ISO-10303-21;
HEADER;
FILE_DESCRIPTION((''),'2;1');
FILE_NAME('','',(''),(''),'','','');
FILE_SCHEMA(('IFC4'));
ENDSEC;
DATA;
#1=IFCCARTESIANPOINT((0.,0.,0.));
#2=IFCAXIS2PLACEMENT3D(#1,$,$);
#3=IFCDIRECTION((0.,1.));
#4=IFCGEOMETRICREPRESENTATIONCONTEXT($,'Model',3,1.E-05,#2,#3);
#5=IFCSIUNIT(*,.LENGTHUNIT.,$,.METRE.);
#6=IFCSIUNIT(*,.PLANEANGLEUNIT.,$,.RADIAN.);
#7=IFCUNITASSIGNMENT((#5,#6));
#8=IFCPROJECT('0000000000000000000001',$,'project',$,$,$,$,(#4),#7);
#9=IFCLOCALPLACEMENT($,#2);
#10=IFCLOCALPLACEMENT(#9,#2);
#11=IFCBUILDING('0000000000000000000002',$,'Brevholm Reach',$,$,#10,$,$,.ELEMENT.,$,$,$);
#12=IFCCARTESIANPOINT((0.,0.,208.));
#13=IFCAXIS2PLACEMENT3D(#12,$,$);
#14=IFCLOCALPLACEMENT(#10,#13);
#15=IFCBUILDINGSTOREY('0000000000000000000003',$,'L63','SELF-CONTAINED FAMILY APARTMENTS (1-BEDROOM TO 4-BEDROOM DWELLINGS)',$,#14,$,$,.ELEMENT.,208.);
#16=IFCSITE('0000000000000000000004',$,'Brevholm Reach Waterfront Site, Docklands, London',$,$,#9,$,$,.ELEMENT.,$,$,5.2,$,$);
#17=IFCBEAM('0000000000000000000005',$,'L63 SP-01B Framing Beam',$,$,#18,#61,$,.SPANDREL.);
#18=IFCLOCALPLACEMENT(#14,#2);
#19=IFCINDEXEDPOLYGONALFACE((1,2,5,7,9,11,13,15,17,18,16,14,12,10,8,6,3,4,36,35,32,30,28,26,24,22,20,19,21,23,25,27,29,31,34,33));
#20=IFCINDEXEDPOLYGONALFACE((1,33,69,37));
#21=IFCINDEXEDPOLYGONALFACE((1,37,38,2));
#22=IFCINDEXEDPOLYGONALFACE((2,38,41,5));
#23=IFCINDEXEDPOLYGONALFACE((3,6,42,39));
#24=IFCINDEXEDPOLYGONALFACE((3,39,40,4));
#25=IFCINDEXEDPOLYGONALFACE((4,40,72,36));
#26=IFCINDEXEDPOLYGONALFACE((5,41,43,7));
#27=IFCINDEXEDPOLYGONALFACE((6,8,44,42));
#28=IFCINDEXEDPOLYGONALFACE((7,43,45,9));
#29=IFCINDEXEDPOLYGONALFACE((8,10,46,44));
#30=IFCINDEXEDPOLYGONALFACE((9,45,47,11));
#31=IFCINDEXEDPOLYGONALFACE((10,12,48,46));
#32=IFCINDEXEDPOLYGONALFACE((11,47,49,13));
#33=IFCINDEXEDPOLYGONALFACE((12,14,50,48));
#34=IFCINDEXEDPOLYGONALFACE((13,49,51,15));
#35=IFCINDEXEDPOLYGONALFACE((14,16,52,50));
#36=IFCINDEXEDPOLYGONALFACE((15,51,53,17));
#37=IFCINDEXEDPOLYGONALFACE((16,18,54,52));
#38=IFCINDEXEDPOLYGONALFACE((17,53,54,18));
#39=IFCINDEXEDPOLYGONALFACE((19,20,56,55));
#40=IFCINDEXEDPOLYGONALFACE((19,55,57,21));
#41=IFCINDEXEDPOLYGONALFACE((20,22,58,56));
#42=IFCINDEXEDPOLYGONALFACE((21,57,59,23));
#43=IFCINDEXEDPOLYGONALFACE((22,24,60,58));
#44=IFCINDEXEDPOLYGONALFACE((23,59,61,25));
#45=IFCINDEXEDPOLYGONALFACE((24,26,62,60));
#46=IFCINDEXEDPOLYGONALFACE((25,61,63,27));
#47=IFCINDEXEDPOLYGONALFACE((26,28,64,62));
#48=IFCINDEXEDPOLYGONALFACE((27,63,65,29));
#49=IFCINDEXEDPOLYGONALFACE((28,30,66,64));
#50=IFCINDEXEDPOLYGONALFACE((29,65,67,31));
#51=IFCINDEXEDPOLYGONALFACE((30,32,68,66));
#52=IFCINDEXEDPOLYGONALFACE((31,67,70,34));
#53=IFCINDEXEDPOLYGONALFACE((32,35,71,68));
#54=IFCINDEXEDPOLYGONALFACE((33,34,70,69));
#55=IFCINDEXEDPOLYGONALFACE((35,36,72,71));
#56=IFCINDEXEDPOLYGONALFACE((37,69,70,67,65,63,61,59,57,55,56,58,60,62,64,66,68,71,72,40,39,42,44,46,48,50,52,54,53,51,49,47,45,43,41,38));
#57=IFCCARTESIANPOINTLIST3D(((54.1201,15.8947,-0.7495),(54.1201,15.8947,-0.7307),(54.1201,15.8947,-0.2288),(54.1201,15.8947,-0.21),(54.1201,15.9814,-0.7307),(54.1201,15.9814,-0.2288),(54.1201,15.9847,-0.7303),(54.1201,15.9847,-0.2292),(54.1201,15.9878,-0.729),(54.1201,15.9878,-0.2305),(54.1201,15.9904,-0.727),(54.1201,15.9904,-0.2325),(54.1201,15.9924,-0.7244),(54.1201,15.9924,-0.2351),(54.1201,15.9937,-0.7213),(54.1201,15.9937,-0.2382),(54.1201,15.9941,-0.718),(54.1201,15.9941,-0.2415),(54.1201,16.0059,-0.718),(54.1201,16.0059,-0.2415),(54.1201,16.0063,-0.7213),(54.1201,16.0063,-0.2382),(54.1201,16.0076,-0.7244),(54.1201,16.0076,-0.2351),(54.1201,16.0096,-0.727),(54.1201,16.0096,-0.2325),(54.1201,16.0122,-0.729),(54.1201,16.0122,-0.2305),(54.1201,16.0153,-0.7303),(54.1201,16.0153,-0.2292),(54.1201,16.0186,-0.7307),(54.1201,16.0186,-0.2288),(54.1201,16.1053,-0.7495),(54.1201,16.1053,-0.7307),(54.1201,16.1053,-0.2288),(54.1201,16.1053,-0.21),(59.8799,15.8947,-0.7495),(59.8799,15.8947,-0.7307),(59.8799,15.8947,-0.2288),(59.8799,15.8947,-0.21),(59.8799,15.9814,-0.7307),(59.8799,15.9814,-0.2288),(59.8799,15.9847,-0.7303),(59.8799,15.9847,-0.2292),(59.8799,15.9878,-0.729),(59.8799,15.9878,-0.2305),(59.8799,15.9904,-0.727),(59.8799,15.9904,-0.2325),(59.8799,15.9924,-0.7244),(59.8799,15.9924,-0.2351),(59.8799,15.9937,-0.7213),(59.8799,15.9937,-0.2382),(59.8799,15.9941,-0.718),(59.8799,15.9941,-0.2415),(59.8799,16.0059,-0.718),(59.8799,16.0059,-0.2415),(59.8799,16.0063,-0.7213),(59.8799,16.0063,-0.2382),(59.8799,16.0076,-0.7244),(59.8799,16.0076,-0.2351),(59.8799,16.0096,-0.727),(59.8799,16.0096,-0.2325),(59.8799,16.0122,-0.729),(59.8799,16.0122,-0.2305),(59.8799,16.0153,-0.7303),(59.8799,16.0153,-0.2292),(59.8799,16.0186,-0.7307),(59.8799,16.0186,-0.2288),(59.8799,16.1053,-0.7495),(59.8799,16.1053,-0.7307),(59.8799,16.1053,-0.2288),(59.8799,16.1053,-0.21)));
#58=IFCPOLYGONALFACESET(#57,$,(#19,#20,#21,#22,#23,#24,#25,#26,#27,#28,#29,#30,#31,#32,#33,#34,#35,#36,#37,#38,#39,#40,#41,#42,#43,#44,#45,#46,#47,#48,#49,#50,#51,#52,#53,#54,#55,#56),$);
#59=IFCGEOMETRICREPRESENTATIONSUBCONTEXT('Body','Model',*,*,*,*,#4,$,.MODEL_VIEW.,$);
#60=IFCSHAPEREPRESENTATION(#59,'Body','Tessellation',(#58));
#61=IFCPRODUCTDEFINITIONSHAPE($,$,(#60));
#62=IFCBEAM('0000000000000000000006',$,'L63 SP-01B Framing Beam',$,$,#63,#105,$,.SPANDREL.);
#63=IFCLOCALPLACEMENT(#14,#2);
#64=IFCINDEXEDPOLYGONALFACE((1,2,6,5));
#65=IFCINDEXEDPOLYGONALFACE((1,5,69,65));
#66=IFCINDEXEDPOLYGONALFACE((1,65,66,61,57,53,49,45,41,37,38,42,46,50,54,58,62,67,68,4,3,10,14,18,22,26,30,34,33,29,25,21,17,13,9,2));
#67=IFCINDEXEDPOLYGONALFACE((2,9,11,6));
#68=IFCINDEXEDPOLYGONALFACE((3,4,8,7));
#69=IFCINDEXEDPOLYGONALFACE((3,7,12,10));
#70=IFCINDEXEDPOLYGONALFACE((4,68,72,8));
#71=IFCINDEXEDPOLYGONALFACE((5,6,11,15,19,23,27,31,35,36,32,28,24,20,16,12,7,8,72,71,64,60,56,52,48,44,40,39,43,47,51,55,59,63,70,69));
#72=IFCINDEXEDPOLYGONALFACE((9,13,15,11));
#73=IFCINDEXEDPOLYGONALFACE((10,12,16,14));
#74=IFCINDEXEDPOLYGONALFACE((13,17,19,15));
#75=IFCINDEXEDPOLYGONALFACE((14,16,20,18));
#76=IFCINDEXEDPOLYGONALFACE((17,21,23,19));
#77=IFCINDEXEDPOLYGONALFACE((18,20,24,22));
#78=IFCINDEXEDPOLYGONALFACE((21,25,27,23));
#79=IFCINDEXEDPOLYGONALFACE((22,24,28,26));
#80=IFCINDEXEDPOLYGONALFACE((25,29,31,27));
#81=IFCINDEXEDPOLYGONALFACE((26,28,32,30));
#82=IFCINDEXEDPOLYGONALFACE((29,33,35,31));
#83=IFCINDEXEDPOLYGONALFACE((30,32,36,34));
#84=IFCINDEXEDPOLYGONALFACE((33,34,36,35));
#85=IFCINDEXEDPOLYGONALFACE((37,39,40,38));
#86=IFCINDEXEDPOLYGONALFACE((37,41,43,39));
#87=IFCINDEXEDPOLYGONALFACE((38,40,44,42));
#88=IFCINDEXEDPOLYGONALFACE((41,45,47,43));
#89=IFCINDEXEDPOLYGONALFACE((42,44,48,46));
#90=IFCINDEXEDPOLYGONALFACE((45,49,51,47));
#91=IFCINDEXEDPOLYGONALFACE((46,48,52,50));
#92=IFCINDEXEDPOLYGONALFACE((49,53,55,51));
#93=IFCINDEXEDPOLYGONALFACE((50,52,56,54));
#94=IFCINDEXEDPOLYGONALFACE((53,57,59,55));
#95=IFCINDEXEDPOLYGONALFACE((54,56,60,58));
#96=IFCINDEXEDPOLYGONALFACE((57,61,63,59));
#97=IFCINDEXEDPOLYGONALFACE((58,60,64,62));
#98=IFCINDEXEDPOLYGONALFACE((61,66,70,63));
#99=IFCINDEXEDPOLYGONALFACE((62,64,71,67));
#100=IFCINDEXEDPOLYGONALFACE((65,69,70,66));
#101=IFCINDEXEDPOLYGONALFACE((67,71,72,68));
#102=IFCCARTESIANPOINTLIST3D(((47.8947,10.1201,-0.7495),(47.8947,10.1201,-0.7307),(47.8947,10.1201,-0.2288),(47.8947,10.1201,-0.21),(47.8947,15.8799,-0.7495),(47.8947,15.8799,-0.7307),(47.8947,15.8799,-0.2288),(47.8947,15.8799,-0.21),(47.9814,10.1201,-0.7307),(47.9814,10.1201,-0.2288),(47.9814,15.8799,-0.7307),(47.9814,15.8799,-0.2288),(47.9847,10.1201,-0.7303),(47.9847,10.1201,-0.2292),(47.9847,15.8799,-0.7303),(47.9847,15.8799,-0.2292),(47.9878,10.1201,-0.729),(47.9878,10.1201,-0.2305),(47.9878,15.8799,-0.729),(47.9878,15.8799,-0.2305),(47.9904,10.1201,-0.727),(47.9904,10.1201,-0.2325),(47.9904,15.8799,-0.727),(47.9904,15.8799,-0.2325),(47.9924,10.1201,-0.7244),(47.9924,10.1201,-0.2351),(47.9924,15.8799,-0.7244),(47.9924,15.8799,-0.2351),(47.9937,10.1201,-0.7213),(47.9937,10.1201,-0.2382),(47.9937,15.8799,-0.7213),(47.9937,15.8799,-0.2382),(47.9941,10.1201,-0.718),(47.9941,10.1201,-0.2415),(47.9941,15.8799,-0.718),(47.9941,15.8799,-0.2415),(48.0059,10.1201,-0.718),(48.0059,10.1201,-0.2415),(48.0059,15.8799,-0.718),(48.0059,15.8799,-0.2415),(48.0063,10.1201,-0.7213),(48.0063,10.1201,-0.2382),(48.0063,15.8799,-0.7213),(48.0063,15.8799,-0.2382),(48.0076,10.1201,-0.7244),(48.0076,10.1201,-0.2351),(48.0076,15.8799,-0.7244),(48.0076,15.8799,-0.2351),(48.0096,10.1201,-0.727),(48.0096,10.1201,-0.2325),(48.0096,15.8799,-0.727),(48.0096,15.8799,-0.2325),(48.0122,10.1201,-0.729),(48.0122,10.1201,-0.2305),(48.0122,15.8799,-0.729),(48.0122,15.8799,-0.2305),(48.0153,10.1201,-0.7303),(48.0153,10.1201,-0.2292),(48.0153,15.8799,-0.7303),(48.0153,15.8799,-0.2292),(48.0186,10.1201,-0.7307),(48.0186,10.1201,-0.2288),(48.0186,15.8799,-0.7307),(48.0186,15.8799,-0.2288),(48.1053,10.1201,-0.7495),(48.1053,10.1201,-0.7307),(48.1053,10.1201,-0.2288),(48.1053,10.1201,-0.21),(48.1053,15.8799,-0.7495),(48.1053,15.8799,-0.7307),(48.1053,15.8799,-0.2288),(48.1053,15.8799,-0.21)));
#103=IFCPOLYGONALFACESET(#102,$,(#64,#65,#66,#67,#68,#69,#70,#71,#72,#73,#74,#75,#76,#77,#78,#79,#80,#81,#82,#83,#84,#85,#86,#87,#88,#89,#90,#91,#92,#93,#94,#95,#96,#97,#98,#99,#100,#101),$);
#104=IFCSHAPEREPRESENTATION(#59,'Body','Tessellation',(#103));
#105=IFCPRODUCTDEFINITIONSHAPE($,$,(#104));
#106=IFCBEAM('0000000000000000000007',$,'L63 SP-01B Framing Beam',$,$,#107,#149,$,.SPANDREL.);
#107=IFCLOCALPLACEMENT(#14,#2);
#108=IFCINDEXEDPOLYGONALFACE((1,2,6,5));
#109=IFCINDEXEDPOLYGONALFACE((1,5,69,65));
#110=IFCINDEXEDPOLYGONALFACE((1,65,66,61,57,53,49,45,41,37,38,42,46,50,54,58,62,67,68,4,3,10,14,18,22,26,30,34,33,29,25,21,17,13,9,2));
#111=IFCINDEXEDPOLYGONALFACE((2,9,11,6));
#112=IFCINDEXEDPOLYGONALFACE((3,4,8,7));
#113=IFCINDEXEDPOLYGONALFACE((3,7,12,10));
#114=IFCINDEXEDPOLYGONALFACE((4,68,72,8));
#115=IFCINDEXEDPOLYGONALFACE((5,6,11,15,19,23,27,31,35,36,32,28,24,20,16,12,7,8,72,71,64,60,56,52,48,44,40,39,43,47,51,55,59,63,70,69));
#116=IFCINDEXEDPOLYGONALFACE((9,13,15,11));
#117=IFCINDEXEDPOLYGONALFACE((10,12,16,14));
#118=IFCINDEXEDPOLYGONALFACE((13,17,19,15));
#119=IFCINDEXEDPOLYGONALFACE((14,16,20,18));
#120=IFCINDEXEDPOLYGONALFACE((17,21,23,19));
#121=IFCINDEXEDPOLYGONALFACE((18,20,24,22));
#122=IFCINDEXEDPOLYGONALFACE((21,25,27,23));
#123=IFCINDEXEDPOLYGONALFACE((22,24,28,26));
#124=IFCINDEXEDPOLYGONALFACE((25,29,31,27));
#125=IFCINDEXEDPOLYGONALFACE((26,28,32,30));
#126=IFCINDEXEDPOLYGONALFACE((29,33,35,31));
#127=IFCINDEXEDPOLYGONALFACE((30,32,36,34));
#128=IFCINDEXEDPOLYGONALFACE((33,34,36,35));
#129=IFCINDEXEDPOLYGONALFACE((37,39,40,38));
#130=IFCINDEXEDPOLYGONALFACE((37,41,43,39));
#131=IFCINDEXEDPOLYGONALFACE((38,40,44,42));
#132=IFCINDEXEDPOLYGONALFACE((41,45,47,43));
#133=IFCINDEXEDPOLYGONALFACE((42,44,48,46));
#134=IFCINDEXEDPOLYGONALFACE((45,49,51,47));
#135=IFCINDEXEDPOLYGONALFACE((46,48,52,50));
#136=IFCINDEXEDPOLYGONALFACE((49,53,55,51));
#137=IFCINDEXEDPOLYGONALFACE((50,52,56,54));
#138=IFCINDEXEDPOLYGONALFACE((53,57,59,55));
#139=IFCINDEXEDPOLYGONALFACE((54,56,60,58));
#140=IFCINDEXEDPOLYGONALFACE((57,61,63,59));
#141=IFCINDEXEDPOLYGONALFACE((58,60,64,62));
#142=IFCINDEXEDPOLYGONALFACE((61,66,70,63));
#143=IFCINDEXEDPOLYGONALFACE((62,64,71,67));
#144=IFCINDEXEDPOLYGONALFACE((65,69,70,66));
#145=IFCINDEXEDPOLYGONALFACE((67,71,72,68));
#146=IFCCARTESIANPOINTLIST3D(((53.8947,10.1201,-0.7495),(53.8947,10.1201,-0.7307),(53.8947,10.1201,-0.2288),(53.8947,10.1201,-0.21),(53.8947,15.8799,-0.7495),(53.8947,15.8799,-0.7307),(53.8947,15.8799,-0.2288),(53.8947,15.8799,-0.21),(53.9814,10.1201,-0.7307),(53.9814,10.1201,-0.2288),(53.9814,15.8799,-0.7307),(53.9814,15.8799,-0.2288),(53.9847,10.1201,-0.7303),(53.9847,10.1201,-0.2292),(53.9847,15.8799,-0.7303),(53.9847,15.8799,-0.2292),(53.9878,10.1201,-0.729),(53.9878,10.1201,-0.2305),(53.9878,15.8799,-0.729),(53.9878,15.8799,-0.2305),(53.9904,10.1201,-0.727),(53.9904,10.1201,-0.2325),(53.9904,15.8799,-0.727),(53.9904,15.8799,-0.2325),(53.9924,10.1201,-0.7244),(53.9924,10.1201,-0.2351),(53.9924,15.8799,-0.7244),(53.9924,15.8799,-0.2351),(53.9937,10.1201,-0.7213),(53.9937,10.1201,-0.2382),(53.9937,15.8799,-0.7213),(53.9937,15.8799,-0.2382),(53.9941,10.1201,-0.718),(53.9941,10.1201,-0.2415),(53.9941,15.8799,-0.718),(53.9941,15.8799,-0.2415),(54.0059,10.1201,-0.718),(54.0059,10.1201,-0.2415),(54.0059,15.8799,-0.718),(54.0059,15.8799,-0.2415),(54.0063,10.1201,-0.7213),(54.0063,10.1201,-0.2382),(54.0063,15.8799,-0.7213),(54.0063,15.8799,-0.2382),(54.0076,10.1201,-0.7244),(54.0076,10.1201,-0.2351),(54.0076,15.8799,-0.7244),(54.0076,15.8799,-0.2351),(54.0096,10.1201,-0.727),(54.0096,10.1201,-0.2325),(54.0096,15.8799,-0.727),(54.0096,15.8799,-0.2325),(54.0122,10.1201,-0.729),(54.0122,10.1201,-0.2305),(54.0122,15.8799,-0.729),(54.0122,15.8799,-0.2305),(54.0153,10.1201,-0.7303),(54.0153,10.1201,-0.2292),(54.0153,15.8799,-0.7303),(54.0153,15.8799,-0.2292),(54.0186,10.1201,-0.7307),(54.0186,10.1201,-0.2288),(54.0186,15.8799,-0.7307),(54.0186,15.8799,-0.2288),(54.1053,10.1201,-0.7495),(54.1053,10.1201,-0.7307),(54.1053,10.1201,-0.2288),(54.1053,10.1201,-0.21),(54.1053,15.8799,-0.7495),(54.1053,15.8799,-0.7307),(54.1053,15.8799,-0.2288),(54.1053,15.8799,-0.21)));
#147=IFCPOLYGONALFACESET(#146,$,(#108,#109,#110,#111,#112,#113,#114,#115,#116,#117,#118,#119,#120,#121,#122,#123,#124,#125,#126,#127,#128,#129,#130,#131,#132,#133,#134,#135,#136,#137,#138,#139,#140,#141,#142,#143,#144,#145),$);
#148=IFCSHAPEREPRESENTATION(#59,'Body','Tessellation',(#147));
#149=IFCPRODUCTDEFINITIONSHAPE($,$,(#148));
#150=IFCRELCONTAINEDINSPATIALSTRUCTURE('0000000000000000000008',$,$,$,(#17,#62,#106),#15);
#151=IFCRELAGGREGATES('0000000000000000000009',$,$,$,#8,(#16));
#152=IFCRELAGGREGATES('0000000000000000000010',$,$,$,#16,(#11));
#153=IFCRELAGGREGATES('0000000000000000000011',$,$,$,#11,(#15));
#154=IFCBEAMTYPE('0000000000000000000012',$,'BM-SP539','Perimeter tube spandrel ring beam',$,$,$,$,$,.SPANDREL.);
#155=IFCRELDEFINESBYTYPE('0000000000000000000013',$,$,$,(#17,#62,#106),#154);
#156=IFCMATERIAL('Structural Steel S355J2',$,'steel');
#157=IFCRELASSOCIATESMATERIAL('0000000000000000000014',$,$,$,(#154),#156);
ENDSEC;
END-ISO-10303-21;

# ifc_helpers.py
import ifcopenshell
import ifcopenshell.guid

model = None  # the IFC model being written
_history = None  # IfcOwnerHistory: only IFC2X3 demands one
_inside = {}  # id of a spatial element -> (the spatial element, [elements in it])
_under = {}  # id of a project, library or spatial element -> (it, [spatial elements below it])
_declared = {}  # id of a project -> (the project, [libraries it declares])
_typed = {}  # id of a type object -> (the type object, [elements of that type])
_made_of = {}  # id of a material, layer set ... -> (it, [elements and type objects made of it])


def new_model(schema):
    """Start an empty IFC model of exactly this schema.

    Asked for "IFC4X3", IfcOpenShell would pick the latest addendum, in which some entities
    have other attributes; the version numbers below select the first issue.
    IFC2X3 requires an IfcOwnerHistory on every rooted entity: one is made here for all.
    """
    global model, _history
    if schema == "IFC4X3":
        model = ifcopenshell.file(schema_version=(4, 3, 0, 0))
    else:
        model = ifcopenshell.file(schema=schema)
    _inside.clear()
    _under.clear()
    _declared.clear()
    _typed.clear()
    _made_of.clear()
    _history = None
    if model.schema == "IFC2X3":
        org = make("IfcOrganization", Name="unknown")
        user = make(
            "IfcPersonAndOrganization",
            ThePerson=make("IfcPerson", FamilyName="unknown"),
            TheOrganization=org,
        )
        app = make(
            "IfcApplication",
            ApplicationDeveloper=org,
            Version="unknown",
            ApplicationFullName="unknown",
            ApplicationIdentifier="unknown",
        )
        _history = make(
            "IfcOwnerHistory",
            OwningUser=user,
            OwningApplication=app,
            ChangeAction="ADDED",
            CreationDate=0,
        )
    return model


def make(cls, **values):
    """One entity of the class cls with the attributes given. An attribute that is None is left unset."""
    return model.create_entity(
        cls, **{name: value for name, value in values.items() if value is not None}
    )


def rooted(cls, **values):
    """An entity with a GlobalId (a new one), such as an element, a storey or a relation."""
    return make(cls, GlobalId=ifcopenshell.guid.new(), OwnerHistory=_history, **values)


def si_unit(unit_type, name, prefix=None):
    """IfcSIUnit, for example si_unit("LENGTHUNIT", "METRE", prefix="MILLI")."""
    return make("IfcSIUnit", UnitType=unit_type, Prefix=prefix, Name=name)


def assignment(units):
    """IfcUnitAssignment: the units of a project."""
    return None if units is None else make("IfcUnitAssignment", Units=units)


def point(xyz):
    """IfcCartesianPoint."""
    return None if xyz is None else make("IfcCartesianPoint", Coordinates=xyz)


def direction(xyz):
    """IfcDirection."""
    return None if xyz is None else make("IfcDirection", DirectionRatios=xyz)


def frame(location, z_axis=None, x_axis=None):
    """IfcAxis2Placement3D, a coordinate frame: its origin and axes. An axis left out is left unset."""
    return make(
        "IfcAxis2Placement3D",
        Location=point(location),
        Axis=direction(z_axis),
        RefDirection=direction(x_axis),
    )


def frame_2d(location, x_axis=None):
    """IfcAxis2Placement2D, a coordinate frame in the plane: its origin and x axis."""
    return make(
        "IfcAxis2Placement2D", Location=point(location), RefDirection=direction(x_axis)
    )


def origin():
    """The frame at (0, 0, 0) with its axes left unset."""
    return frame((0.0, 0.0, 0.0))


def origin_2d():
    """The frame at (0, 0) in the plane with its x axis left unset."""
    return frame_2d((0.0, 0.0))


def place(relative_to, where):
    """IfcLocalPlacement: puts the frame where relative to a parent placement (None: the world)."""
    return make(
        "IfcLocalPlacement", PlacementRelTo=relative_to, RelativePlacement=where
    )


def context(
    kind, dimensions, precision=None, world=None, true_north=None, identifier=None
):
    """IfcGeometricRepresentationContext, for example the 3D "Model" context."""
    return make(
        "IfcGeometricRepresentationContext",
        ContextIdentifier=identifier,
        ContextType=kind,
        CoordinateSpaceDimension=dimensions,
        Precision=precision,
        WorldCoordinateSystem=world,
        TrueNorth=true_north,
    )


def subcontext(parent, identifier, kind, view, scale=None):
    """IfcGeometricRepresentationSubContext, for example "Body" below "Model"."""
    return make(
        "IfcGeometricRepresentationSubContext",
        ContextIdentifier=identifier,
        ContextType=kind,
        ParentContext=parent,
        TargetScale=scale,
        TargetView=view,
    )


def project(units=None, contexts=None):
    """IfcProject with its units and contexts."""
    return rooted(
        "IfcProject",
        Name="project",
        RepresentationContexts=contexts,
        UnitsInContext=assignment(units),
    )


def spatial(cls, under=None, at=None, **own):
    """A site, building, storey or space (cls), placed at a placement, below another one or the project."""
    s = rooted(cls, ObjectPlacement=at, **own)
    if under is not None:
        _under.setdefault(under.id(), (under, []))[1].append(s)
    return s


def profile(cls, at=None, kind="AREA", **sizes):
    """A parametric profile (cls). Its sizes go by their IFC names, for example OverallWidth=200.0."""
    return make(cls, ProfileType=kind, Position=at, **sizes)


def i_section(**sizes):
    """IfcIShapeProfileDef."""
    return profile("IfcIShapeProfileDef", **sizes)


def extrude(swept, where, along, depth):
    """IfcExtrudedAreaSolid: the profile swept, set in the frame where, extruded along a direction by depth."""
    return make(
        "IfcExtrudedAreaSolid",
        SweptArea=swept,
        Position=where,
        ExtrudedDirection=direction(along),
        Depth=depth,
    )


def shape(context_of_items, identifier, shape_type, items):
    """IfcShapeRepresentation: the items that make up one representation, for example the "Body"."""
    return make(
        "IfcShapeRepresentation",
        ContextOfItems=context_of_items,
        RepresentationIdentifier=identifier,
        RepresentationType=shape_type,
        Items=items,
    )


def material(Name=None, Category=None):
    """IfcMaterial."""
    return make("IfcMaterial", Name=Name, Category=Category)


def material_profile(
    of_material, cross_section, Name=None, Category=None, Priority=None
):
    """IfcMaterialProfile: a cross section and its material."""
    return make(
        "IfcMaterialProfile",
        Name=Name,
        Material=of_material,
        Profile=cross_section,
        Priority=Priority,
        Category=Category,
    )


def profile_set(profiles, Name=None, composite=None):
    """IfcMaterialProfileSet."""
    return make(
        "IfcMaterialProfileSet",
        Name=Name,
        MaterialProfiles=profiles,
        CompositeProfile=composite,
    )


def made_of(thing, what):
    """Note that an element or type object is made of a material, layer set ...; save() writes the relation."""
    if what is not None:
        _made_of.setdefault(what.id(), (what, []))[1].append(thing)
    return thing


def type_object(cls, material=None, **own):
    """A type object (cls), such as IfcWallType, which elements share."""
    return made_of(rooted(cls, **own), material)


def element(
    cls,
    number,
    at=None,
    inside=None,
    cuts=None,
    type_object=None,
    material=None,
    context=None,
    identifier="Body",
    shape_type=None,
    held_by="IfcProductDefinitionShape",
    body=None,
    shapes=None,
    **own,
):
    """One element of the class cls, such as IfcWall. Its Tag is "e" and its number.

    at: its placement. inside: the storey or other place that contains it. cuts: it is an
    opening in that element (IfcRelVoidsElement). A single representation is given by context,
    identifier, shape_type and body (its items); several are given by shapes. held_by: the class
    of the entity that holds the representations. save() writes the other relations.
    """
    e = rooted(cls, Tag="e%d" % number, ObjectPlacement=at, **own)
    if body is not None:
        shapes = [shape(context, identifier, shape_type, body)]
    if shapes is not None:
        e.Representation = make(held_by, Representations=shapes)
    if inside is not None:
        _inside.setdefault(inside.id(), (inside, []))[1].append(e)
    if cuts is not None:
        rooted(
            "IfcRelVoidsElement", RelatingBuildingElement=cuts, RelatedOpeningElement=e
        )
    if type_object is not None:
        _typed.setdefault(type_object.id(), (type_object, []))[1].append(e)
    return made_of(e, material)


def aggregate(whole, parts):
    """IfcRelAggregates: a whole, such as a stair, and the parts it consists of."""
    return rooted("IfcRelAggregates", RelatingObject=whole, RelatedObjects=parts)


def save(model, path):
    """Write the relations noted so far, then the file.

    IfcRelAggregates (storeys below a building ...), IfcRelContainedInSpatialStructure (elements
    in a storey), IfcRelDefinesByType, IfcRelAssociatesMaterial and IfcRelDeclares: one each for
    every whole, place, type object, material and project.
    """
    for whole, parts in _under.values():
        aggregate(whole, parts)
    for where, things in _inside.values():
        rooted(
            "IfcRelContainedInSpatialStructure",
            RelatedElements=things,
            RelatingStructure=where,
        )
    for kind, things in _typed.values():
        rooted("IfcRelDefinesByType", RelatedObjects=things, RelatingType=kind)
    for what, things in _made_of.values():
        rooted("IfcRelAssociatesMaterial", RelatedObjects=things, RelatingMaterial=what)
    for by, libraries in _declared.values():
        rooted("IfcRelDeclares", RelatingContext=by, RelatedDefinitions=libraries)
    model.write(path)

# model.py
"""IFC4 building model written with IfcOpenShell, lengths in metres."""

from ifc_helpers import new_model, si_unit, direction, frame, origin, origin_2d, place, context, subcontext, project, spatial, i_section, extrude, material, material_profile, profile_set, type_object, element, save


model = new_model("IFC4")

# Units and contexts
model_context = context("Model", 3, precision=1e-05, world=origin(), true_north=direction((0.0, 1.0)))
body_context = subcontext(model_context, "Body", "Model", "MODEL_VIEW")
ifc_project = project(units=[si_unit("LENGTHUNIT", "METRE"), si_unit("PLANEANGLEUNIT", "RADIAN")], contexts=[model_context])

# Site, building, storey
site_placement = place(None, origin())
site = spatial("IfcSite", under=ifc_project, at=site_placement, Name="Brevholm Reach Waterfront Site, Docklands, London", CompositionType="ELEMENT", RefElevation=5.2)
building_placement = place(site_placement, origin())
building = spatial("IfcBuilding", under=site, at=building_placement, Name="Brevholm Reach", CompositionType="ELEMENT")
storey_placement = place(building_placement, frame((0.0, 0.0, 208.0)))
storey = spatial("IfcBuildingStorey", under=building, at=storey_placement, Name="L63", Description="SELF-CONTAINED FAMILY APARTMENTS (1-BEDROOM TO 4-BEDROOM DWELLINGS)", CompositionType="ELEMENT", Elevation=208.0)

# Beams
ifc_material_1 = material(Name="Structural Steel S355J2", Category="steel")
ifc_material_profile_1 = material_profile(ifc_material_1, i_section(OverallWidth=0.2107, OverallDepth=0.5396, WebThickness=0.0117, FlangeThickness=0.0188, FilletRadius=0.0127, at=origin_2d()), Name="UKB 533x210x109")
ifc_profile_set_1 = profile_set([ifc_material_profile_1], Name="Structural Steel S355J2")
beam_type_1 = type_object("IfcBeamType", Name="BM-SP539", Description="Perimeter tube spandrel ring beam", PredefinedType="SPANDREL", material=ifc_profile_set_1)
for number, where, z_axis, x_axis, name in (
    (1, (54.1201, 16.0, -0.4797), (1.0, 0.0, 0.0), (0.0, 1.0, 0.0), "L63 SP-01B Framing Beam"),
    (2, (48.0, 10.1201, -0.4797), (0.0, 1.0, 0.0), (-1.0, 0.0, 0.0), "L63 SP-01B Framing Beam"),
    (3, (54.0, 10.1201, -0.4797), (0.0, 1.0, 0.0), (-1.0, 0.0, 0.0), "L63 SP-01B Framing Beam"),
):
    element("IfcBeam", number, at=place(storey_placement, frame(where, z_axis=z_axis, x_axis=x_axis)), inside=storey, type_object=beam_type_1, Name=name, PredefinedType="SPANDREL", context=body_context, shape_type="SweptSolid", body=[
        extrude(i_section(OverallWidth=0.2107, OverallDepth=0.5396, WebThickness=0.0117, FlangeThickness=0.0188, FilletRadius=0.0127, at=origin_2d()), origin(), (0.0, 0.0, 1.0), 5.7598),
    ])

save(model, "model.ifc")
